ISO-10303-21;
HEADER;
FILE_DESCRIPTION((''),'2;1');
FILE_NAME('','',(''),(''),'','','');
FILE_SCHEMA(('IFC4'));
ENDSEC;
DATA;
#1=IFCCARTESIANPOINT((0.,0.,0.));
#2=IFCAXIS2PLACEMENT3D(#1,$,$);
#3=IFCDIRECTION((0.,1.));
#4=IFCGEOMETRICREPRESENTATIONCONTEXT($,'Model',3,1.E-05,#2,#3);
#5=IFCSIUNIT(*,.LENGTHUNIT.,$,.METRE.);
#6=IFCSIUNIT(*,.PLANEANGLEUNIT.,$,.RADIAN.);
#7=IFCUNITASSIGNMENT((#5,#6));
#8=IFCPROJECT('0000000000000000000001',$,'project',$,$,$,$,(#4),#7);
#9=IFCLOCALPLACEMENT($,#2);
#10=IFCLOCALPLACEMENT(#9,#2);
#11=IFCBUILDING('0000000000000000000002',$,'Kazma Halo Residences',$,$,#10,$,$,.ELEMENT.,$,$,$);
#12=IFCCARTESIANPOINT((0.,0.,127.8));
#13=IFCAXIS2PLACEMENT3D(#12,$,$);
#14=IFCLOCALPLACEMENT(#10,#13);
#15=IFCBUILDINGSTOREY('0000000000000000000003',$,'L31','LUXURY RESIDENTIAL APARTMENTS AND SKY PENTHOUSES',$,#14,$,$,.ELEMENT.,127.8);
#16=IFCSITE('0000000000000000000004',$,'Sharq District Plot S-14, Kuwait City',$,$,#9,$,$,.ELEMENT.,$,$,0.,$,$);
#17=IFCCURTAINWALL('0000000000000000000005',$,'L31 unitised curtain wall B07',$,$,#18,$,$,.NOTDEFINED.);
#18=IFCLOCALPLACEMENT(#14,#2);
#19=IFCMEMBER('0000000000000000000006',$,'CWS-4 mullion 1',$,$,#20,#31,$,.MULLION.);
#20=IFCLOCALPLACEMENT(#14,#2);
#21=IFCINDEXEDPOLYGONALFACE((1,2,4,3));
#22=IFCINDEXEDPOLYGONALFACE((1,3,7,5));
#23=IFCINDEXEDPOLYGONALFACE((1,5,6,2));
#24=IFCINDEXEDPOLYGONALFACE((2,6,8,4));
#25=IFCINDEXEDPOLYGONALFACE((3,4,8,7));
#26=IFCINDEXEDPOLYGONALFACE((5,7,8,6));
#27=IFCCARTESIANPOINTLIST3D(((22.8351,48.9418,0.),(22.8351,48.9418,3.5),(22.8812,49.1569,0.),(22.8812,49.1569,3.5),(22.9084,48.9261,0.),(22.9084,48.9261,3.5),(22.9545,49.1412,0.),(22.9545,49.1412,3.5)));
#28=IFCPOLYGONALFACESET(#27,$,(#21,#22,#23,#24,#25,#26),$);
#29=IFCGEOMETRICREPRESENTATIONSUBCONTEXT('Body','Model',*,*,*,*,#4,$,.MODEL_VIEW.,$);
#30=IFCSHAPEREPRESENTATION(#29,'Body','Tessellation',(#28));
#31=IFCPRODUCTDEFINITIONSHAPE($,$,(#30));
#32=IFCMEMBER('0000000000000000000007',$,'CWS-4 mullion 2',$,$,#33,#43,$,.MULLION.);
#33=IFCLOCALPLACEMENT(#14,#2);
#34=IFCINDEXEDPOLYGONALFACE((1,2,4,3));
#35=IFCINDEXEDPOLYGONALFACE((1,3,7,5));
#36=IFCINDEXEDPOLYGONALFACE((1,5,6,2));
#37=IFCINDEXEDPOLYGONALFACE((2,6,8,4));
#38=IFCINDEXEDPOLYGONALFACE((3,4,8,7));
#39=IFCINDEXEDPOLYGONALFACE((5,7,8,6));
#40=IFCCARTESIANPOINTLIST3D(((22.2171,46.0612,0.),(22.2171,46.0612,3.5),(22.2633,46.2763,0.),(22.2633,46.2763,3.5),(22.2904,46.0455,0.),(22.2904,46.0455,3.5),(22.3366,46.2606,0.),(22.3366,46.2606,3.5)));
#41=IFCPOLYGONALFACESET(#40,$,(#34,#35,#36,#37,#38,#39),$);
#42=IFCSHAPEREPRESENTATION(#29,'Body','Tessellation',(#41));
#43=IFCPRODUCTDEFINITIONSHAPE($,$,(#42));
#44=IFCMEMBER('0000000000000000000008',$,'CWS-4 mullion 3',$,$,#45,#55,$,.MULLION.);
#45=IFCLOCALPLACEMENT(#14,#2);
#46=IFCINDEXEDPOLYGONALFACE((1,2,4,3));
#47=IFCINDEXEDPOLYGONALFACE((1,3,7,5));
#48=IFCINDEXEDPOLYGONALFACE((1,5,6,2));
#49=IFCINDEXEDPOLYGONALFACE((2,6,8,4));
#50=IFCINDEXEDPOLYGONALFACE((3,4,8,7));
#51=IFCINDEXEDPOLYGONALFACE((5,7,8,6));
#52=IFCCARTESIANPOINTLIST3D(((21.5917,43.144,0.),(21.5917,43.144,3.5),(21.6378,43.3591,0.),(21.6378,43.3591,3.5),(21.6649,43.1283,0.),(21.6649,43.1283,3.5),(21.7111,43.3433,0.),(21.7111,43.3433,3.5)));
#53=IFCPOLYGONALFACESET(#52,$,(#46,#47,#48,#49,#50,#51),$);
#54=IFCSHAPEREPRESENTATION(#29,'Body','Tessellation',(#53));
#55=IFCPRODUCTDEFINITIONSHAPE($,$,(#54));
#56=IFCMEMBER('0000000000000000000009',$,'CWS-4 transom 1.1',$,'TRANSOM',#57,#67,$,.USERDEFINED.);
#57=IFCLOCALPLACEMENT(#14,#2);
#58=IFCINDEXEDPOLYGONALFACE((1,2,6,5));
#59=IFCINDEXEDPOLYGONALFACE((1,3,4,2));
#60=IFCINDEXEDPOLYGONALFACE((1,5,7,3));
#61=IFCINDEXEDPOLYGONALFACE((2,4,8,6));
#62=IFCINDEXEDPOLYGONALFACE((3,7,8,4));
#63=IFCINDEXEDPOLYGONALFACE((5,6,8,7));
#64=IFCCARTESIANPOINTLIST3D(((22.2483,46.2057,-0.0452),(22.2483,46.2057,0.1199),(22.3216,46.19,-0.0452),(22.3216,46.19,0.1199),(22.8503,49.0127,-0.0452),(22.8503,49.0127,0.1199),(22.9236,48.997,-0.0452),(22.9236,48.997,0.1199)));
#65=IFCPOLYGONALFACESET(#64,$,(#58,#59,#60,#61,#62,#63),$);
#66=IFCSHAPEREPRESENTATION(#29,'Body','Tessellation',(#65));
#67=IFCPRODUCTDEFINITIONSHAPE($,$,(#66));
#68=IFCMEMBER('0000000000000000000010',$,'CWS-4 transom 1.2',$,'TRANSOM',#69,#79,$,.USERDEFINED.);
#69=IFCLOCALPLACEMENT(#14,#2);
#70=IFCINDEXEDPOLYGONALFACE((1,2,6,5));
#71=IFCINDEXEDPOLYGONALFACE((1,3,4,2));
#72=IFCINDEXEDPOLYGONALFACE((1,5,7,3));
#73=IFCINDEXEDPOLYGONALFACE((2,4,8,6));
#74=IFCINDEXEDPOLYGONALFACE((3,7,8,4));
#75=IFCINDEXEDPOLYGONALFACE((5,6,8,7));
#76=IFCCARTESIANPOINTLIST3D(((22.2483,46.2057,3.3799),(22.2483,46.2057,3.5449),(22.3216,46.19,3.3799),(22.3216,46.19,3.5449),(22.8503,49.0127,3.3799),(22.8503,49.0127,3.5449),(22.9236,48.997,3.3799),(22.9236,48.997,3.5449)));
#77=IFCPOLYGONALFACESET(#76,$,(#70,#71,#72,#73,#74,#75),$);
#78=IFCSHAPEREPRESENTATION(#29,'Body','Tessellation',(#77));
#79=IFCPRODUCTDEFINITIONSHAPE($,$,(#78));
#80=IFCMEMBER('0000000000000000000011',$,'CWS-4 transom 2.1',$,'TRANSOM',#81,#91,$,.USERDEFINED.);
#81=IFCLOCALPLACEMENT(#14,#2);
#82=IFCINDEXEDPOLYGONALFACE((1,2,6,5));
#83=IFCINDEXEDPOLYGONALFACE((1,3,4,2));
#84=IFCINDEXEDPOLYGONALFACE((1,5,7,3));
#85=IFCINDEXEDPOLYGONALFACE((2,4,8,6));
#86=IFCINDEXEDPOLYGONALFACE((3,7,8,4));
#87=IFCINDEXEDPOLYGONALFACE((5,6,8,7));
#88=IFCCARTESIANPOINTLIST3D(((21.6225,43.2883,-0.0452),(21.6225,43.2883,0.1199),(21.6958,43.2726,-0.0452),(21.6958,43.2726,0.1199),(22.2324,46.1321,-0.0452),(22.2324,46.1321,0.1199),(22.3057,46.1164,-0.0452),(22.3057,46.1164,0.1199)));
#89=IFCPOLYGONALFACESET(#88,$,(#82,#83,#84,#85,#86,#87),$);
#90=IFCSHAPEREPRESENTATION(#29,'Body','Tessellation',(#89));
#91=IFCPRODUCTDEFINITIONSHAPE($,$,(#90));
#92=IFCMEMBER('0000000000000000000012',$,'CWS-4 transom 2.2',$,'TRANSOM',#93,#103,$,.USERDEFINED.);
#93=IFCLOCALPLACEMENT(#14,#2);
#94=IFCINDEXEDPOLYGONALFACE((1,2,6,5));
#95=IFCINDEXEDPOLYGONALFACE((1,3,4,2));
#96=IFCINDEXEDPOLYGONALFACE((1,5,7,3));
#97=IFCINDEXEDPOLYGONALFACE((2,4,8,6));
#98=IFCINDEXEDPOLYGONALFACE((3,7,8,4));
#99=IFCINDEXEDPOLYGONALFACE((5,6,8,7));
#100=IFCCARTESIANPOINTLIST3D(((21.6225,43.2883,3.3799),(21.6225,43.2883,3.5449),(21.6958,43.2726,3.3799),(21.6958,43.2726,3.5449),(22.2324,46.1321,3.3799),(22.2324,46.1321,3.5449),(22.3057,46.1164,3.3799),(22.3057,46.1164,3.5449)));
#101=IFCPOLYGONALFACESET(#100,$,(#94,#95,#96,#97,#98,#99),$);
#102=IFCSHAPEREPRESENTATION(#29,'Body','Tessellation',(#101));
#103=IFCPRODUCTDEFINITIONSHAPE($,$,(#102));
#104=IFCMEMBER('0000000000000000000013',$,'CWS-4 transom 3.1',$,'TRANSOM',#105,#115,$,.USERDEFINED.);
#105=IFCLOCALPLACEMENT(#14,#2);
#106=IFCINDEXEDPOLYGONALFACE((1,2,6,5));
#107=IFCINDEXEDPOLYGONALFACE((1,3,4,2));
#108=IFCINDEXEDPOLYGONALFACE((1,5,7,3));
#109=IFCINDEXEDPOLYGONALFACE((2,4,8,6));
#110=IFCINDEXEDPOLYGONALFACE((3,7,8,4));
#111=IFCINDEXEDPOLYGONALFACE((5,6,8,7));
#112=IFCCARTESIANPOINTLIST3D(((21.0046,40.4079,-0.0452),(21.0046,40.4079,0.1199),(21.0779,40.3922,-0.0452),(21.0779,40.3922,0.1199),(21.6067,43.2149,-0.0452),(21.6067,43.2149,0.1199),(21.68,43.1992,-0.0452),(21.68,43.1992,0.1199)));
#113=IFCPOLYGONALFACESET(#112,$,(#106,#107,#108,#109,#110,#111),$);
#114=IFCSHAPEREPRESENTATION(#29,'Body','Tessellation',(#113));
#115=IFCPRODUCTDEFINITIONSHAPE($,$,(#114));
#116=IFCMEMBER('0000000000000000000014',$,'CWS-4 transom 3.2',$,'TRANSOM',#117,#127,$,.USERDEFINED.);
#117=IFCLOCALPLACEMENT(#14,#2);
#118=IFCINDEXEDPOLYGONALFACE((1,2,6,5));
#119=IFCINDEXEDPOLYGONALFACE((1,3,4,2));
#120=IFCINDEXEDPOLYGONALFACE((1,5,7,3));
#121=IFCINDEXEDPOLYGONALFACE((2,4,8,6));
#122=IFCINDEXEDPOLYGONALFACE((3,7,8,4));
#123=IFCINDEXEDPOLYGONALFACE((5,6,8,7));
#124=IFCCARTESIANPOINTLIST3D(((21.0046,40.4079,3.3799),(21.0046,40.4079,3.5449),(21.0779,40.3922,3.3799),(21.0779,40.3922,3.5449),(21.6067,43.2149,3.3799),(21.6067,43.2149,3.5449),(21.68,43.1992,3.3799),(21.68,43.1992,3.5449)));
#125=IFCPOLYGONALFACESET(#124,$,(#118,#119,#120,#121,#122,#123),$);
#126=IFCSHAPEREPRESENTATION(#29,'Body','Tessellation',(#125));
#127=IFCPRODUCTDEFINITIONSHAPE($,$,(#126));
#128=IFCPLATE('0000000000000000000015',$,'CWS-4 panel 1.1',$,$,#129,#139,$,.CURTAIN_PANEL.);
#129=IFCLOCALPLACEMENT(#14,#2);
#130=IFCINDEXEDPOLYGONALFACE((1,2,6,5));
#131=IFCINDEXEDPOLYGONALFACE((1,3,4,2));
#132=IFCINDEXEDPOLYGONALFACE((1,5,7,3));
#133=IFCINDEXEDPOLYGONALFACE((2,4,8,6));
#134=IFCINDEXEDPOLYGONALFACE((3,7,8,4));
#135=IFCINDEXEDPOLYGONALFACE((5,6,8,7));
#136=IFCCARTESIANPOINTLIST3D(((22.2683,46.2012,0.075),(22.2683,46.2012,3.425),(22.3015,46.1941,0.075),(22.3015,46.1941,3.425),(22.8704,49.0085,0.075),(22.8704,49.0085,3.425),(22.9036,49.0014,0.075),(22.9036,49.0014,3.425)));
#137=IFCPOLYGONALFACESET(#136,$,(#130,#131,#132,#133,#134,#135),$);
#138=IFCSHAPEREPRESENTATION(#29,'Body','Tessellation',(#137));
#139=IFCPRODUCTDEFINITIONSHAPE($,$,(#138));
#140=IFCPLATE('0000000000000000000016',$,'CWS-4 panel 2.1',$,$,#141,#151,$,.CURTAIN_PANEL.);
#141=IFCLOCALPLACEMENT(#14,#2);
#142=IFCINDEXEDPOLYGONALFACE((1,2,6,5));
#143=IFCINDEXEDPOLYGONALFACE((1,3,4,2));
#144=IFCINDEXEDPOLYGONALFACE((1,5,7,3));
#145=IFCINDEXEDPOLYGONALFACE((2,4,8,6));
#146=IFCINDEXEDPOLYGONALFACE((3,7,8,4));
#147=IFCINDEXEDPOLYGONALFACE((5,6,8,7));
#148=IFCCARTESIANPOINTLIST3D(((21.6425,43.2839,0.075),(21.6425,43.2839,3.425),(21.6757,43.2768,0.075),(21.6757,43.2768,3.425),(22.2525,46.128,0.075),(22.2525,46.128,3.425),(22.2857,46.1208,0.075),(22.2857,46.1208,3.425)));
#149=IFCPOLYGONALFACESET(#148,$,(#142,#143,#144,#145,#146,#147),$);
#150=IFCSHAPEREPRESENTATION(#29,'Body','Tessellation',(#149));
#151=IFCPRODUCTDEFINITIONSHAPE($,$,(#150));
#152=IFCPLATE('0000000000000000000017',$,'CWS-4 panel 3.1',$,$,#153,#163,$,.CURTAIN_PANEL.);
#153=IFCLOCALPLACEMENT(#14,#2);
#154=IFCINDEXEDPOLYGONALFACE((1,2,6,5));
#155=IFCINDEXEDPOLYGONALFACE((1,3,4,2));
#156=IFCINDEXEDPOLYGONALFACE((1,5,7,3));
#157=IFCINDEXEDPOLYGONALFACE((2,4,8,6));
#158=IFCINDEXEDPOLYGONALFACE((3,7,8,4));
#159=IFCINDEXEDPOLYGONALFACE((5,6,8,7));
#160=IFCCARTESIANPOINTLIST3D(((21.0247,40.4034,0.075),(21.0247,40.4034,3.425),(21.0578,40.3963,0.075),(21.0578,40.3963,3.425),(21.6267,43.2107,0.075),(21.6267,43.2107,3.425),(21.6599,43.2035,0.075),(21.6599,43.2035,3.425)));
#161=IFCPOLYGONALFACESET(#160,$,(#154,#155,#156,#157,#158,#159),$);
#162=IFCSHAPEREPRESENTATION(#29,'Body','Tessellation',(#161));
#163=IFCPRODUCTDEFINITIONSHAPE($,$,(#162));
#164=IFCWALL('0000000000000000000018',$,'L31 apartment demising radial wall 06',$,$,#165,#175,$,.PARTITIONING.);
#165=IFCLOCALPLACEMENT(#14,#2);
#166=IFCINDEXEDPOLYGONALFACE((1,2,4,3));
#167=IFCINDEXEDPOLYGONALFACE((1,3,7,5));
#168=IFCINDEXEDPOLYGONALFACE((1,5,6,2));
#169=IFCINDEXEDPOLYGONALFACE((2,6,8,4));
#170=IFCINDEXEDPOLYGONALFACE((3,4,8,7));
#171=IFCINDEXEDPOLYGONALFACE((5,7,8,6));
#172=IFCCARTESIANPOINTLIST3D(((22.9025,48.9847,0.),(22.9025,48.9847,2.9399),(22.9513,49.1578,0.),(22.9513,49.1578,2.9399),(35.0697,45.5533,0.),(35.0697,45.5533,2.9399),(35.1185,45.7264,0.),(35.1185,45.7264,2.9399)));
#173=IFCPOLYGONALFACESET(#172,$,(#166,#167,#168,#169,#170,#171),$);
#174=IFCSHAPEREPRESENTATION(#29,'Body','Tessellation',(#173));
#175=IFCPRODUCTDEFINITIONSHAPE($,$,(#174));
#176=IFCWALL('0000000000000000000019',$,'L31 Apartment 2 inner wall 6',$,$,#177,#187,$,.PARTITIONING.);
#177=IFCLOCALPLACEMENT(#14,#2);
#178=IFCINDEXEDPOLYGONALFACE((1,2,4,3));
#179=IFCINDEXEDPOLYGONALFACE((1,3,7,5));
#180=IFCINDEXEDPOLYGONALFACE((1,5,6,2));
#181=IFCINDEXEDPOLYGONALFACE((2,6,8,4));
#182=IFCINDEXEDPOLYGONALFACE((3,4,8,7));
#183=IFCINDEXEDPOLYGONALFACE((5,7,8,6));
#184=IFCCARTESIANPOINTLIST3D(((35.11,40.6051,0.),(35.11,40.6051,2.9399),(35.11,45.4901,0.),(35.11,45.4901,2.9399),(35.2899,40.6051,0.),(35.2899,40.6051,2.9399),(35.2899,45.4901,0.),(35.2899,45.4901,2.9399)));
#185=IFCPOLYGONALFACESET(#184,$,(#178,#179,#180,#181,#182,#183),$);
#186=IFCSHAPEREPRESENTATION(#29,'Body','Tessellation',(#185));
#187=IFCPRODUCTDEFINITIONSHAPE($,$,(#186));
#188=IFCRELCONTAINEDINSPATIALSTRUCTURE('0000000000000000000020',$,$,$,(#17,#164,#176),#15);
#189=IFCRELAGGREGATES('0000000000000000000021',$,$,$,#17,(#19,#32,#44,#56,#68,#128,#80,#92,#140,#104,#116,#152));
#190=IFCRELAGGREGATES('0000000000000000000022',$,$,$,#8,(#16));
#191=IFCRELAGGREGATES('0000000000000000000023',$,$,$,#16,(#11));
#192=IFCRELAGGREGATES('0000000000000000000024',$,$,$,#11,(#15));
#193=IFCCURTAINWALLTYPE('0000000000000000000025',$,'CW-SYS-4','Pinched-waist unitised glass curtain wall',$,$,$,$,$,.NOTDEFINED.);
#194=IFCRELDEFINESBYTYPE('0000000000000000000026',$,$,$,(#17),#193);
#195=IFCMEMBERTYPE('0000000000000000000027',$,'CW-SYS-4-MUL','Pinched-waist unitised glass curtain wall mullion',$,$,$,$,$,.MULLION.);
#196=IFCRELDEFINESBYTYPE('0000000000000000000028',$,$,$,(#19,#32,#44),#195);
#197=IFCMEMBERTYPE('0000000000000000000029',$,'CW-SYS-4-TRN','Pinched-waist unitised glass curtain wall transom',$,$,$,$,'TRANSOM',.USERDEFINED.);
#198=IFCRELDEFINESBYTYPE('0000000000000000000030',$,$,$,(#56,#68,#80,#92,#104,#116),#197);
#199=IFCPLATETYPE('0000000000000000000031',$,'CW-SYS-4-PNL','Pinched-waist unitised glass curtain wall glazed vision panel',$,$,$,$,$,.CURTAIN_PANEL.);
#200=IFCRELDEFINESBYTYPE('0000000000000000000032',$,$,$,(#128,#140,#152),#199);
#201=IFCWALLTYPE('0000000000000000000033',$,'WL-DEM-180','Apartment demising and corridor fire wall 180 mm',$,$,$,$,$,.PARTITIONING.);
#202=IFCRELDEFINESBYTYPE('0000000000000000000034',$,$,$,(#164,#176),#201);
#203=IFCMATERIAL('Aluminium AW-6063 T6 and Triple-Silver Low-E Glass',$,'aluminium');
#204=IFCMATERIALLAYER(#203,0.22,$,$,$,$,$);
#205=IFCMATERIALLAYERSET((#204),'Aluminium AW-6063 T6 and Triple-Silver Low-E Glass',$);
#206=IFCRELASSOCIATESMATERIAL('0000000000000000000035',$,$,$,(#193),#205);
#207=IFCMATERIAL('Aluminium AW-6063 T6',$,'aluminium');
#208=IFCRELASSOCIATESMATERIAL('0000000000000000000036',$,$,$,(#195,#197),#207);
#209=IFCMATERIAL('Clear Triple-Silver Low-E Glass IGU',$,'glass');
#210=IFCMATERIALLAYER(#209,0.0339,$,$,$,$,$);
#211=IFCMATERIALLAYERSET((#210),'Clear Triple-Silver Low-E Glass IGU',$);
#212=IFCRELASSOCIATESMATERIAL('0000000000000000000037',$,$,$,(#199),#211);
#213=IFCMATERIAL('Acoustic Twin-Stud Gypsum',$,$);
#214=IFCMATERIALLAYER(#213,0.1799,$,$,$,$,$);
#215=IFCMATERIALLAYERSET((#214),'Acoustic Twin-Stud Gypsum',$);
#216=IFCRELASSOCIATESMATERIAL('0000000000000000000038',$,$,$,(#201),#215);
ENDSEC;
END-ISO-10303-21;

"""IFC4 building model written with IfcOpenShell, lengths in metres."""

from ifc_helpers import new_model, si_unit, direction, frame, frame_2d, origin, origin_2d, place, context, subcontext, project, spatial, rectangle, extrude, material, layer, layer_set, material_profile, profile_set, type_object, element, aggregate, save


model = new_model("IFC4")

# Units and contexts
model_context = context("Model", 3, precision=1e-05, world=origin(), true_north=direction((0.0, 1.0)))
body_context = subcontext(model_context, "Body", "Model", "MODEL_VIEW")
ifc_project = project(units=[si_unit("LENGTHUNIT", "METRE"), si_unit("PLANEANGLEUNIT", "RADIAN")], contexts=[model_context])

# Site, building, storey
site_placement = place(None, origin())
site = spatial("IfcSite", under=ifc_project, at=site_placement, Name="Sharq District Plot S-14, Kuwait City", CompositionType="ELEMENT", RefElevation=0.0)
building_placement = place(site_placement, origin())
building = spatial("IfcBuilding", under=site, at=building_placement, Name="Kazma Halo Residences", CompositionType="ELEMENT")
storey_placement = place(building_placement, frame((0.0, 0.0, 127.8)))
storey = spatial("IfcBuildingStorey", under=building, at=storey_placement, Name="L31", Description="LUXURY RESIDENTIAL APARTMENTS AND SKY PENTHOUSES", CompositionType="ELEMENT", Elevation=127.8)

# Curtain wall, members, plates
ifc_material_1 = material(Name="Aluminium AW-6063 T6 and Triple-Silver Low-E Glass", Category="aluminium")
ifc_layer_1 = layer(ifc_material_1, 0.22)
ifc_layer_set_1 = layer_set([ifc_layer_1], Name="Aluminium AW-6063 T6 and Triple-Silver Low-E Glass")
curtain_wall_type = type_object("IfcCurtainWallType", Name="CW-SYS-4", Description="Pinched-waist unitised glass curtain wall", PredefinedType="NOTDEFINED", material=ifc_layer_set_1)
curtain_wall_placement = place(storey_placement, origin())
curtain_wall = element("IfcCurtainWall", 1, at=curtain_wall_placement, inside=storey, type_object=curtain_wall_type, Name="L31 unitised curtain wall B07", PredefinedType="NOTDEFINED")
ifc_material_2 = material(Name="Aluminium AW-6063 T6", Category="aluminium")
ifc_material_profile_1 = material_profile(ifc_material_2, rectangle(XDim=0.075, YDim=0.22, at=origin_2d()), Name="CWM-75x220")
ifc_profile_set_1 = profile_set([ifc_material_profile_1], Name="Aluminium AW-6063 T6")
member_type_1 = type_object("IfcMemberType", Name="CW-SYS-4-MUL", Description="Pinched-waist unitised glass curtain wall mullion", PredefinedType="MULLION", material=ifc_profile_set_1)
member_1_placement = place(storey_placement, frame((22.8948, 49.0415, 0.0), z_axis=(0.0, 0.0, 1.0), x_axis=(0.977765, -0.209704, 0.0)))
member_1 = element("IfcMember", 2, at=member_1_placement, type_object=member_type_1, Name="CWS-4 mullion 1", PredefinedType="MULLION", context=body_context, shape_type="SweptSolid", body=[
    extrude(rectangle(XDim=0.075, YDim=0.22, at=origin_2d()), origin(), (0.0, 0.0, 1.0), 3.5),
])
member_2_placement = place(storey_placement, frame((22.2769, 46.1609, 0.0), z_axis=(0.0, 0.0, 1.0), x_axis=(0.977765, -0.209704, 0.0)))
member_2 = element("IfcMember", 3, at=member_2_placement, type_object=member_type_1, Name="CWS-4 mullion 2", PredefinedType="MULLION", context=body_context, shape_type="SweptSolid", body=[
    extrude(rectangle(XDim=0.075, YDim=0.22, at=origin_2d()), origin(), (0.0, 0.0, 1.0), 3.5),
])
member_3_placement = place(storey_placement, frame((21.6514, 43.2437, 0.0), z_axis=(0.0, 0.0, 1.0), x_axis=(0.977765, -0.209704, 0.0)))
member_3 = element("IfcMember", 4, at=member_3_placement, type_object=member_type_1, Name="CWS-4 mullion 3", PredefinedType="MULLION", context=body_context, shape_type="SweptSolid", body=[
    extrude(rectangle(XDim=0.075, YDim=0.22, at=origin_2d()), origin(), (0.0, 0.0, 1.0), 3.5),
])
ifc_material_profile_2 = material_profile(ifc_material_2, rectangle(XDim=0.075, YDim=0.165, at=origin_2d()), Name="CWT-75x165")
ifc_profile_set_2 = profile_set([ifc_material_profile_2], Name="Aluminium AW-6063 T6")
member_type_2 = type_object("IfcMemberType", Name="CW-SYS-4-TRN", Description="Pinched-waist unitised glass curtain wall transom", ElementType="TRANSOM", PredefinedType="USERDEFINED", material=ifc_profile_set_2)
member_4_placement = place(storey_placement, frame((22.887, 49.0049, 0.0374), z_axis=(-0.209703, -0.977765, 0.0), x_axis=(0.977765, -0.209703, 0.0)))
member_4 = element("IfcMember", 5, at=member_4_placement, type_object=member_type_2, Name="CWS-4 transom 1.1", ObjectType="TRANSOM", PredefinedType="USERDEFINED", context=body_context, shape_type="SweptSolid", body=[
    extrude(rectangle(XDim=0.075, YDim=0.165, at=origin_2d()), origin(), (0.0, 0.0, 1.0), 2.8708),
])
member_5_placement = place(storey_placement, frame((22.887, 49.0049, 3.4624), z_axis=(-0.209703, -0.977765, 0.0), x_axis=(0.977765, -0.209703, 0.0)))
member_5 = element("IfcMember", 6, at=member_5_placement, type_object=member_type_2, Name="CWS-4 transom 1.2", ObjectType="TRANSOM", PredefinedType="USERDEFINED", context=body_context, shape_type="SweptSolid", body=[
    extrude(rectangle(XDim=0.075, YDim=0.165, at=origin_2d()), origin(), (0.0, 0.0, 1.0), 2.8708),
])
member_6_placement = place(storey_placement, frame((22.269, 46.1243, 0.0374), z_axis=(-0.20969, -0.977768, 0.0), x_axis=(0.977768, -0.20969, 0.0)))
member_6 = element("IfcMember", 7, at=member_6_placement, type_object=member_type_2, Name="CWS-4 transom 2.1", ObjectType="TRANSOM", PredefinedType="USERDEFINED", context=body_context, shape_type="SweptSolid", body=[
    extrude(rectangle(XDim=0.075, YDim=0.165, at=origin_2d()), origin(), (0.0, 0.0, 1.0), 2.9084),
])
member_7_placement = place(storey_placement, frame((22.269, 46.1243, 3.4624), z_axis=(-0.20969, -0.977768, 0.0), x_axis=(0.977768, -0.20969, 0.0)))
member_7 = element("IfcMember", 8, at=member_7_placement, type_object=member_type_2, Name="CWS-4 transom 2.2", ObjectType="TRANSOM", PredefinedType="USERDEFINED", context=body_context, shape_type="SweptSolid", body=[
    extrude(rectangle(XDim=0.075, YDim=0.165, at=origin_2d()), origin(), (0.0, 0.0, 1.0), 2.9084),
])
member_8_placement = place(storey_placement, frame((21.6433, 43.207, 0.0374), z_axis=(-0.209703, -0.977765, 0.0), x_axis=(0.977765, -0.209703, 0.0)))
member_8 = element("IfcMember", 9, at=member_8_placement, type_object=member_type_2, Name="CWS-4 transom 3.1", ObjectType="TRANSOM", PredefinedType="USERDEFINED", context=body_context, shape_type="SweptSolid", body=[
    extrude(rectangle(XDim=0.075, YDim=0.165, at=origin_2d()), origin(), (0.0, 0.0, 1.0), 2.8708),
])
member_9_placement = place(storey_placement, frame((21.6433, 43.207, 3.4624), z_axis=(-0.209703, -0.977765, 0.0), x_axis=(0.977765, -0.209703, 0.0)))
member_9 = element("IfcMember", 10, at=member_9_placement, type_object=member_type_2, Name="CWS-4 transom 3.2", ObjectType="TRANSOM", PredefinedType="USERDEFINED", context=body_context, shape_type="SweptSolid", body=[
    extrude(rectangle(XDim=0.075, YDim=0.165, at=origin_2d()), origin(), (0.0, 0.0, 1.0), 2.8708),
])
ifc_material_3 = material(Name="Clear Triple-Silver Low-E Glass IGU", Category="glass")
ifc_layer_2 = layer(ifc_material_3, 0.0339)
ifc_layer_set_2 = layer_set([ifc_layer_2], Name="Clear Triple-Silver Low-E Glass IGU")
plate_type = type_object("IfcPlateType", Name="CW-SYS-4-PNL", Description="Pinched-waist unitised glass curtain wall glazed vision panel", PredefinedType="CURTAIN_PANEL", material=ifc_layer_set_2)
plate_1_placement = place(storey_placement, frame((22.5859, 47.6013, 0.075), z_axis=(0.0, 0.0, 1.0), x_axis=(-0.209704, -0.977765, 0.0)))
plate_1 = element("IfcPlate", 11, at=plate_1_placement, type_object=plate_type, Name="CWS-4 panel 1.1", PredefinedType="CURTAIN_PANEL", context=body_context, shape_type="SweptSolid", body=[
    extrude(rectangle(XDim=2.8711, YDim=0.0339, at=origin_2d()), origin(), (0.0, 0.0, 1.0), 3.3501),
])
plate_2_placement = place(storey_placement, frame((21.9641, 44.7024, 0.075), z_axis=(0.0, 0.0, 1.0), x_axis=(-0.209704, -0.977765, 0.0)))
plate_2 = element("IfcPlate", 12, at=plate_2_placement, type_object=plate_type, Name="CWS-4 panel 2.1", PredefinedType="CURTAIN_PANEL", context=body_context, shape_type="SweptSolid", body=[
    extrude(rectangle(XDim=2.9087, YDim=0.0339, at=origin_2d()), origin(), (0.0, 0.0, 1.0), 3.3501),
])
plate_3_placement = place(storey_placement, frame((21.3423, 41.8035, 0.075), z_axis=(0.0, 0.0, 1.0), x_axis=(-0.209704, -0.977765, 0.0)))
plate_3 = element("IfcPlate", 13, at=plate_3_placement, type_object=plate_type, Name="CWS-4 panel 3.1", PredefinedType="CURTAIN_PANEL", context=body_context, shape_type="SweptSolid", body=[
    extrude(rectangle(XDim=2.8711, YDim=0.0339, at=origin_2d()), origin(), (0.0, 0.0, 1.0), 3.3501),
])
aggregate(curtain_wall, [member_1, member_2, member_3, member_4, member_5, plate_1, member_6, member_7, plate_2, member_8, member_9, plate_3])

# Walls
ifc_material_4 = material(Name="Acoustic Twin-Stud Gypsum")
ifc_layer_3 = layer(ifc_material_4, 0.1799)
ifc_layer_set_3 = layer_set([ifc_layer_3], Name="Acoustic Twin-Stud Gypsum")
wall_type_1 = type_object("IfcWallType", Name="WL-DEM-180", Description="Apartment demising and corridor fire wall 180 mm", PredefinedType="PARTITIONING", material=ifc_layer_set_3)
wall_1_placement = place(storey_placement, frame((35.094, 45.6399, 0.0), z_axis=(0.0, 0.0, 1.0), x_axis=(-0.962458, 0.271432, 0.0)))
element("IfcWall", 14, at=wall_1_placement, inside=storey, type_object=wall_type_1, Name="L31 apartment demising radial wall 06", PredefinedType="PARTITIONING", context=body_context, shape_type="SweptSolid", body=[
    extrude(rectangle(XDim=12.6418, YDim=0.1799, at=frame_2d((6.3208, 0.0))), origin(), (0.0, 0.0, 1.0), 2.9399),
])
wall_2_placement = place(storey_placement, frame((35.2, 45.49, 0.0), z_axis=(0.0, 0.0, 1.0), x_axis=(0.0, -1.0, 0.0)))
element("IfcWall", 15, at=wall_2_placement, inside=storey, type_object=wall_type_1, Name="L31 Apartment 2 inner wall 6", PredefinedType="PARTITIONING", context=body_context, shape_type="SweptSolid", body=[
    extrude(rectangle(XDim=4.885, YDim=0.1799, at=frame_2d((2.4424, 0.0))), origin(), (0.0, 0.0, 1.0), 2.9399),
])

save(model, "model.ifc")
